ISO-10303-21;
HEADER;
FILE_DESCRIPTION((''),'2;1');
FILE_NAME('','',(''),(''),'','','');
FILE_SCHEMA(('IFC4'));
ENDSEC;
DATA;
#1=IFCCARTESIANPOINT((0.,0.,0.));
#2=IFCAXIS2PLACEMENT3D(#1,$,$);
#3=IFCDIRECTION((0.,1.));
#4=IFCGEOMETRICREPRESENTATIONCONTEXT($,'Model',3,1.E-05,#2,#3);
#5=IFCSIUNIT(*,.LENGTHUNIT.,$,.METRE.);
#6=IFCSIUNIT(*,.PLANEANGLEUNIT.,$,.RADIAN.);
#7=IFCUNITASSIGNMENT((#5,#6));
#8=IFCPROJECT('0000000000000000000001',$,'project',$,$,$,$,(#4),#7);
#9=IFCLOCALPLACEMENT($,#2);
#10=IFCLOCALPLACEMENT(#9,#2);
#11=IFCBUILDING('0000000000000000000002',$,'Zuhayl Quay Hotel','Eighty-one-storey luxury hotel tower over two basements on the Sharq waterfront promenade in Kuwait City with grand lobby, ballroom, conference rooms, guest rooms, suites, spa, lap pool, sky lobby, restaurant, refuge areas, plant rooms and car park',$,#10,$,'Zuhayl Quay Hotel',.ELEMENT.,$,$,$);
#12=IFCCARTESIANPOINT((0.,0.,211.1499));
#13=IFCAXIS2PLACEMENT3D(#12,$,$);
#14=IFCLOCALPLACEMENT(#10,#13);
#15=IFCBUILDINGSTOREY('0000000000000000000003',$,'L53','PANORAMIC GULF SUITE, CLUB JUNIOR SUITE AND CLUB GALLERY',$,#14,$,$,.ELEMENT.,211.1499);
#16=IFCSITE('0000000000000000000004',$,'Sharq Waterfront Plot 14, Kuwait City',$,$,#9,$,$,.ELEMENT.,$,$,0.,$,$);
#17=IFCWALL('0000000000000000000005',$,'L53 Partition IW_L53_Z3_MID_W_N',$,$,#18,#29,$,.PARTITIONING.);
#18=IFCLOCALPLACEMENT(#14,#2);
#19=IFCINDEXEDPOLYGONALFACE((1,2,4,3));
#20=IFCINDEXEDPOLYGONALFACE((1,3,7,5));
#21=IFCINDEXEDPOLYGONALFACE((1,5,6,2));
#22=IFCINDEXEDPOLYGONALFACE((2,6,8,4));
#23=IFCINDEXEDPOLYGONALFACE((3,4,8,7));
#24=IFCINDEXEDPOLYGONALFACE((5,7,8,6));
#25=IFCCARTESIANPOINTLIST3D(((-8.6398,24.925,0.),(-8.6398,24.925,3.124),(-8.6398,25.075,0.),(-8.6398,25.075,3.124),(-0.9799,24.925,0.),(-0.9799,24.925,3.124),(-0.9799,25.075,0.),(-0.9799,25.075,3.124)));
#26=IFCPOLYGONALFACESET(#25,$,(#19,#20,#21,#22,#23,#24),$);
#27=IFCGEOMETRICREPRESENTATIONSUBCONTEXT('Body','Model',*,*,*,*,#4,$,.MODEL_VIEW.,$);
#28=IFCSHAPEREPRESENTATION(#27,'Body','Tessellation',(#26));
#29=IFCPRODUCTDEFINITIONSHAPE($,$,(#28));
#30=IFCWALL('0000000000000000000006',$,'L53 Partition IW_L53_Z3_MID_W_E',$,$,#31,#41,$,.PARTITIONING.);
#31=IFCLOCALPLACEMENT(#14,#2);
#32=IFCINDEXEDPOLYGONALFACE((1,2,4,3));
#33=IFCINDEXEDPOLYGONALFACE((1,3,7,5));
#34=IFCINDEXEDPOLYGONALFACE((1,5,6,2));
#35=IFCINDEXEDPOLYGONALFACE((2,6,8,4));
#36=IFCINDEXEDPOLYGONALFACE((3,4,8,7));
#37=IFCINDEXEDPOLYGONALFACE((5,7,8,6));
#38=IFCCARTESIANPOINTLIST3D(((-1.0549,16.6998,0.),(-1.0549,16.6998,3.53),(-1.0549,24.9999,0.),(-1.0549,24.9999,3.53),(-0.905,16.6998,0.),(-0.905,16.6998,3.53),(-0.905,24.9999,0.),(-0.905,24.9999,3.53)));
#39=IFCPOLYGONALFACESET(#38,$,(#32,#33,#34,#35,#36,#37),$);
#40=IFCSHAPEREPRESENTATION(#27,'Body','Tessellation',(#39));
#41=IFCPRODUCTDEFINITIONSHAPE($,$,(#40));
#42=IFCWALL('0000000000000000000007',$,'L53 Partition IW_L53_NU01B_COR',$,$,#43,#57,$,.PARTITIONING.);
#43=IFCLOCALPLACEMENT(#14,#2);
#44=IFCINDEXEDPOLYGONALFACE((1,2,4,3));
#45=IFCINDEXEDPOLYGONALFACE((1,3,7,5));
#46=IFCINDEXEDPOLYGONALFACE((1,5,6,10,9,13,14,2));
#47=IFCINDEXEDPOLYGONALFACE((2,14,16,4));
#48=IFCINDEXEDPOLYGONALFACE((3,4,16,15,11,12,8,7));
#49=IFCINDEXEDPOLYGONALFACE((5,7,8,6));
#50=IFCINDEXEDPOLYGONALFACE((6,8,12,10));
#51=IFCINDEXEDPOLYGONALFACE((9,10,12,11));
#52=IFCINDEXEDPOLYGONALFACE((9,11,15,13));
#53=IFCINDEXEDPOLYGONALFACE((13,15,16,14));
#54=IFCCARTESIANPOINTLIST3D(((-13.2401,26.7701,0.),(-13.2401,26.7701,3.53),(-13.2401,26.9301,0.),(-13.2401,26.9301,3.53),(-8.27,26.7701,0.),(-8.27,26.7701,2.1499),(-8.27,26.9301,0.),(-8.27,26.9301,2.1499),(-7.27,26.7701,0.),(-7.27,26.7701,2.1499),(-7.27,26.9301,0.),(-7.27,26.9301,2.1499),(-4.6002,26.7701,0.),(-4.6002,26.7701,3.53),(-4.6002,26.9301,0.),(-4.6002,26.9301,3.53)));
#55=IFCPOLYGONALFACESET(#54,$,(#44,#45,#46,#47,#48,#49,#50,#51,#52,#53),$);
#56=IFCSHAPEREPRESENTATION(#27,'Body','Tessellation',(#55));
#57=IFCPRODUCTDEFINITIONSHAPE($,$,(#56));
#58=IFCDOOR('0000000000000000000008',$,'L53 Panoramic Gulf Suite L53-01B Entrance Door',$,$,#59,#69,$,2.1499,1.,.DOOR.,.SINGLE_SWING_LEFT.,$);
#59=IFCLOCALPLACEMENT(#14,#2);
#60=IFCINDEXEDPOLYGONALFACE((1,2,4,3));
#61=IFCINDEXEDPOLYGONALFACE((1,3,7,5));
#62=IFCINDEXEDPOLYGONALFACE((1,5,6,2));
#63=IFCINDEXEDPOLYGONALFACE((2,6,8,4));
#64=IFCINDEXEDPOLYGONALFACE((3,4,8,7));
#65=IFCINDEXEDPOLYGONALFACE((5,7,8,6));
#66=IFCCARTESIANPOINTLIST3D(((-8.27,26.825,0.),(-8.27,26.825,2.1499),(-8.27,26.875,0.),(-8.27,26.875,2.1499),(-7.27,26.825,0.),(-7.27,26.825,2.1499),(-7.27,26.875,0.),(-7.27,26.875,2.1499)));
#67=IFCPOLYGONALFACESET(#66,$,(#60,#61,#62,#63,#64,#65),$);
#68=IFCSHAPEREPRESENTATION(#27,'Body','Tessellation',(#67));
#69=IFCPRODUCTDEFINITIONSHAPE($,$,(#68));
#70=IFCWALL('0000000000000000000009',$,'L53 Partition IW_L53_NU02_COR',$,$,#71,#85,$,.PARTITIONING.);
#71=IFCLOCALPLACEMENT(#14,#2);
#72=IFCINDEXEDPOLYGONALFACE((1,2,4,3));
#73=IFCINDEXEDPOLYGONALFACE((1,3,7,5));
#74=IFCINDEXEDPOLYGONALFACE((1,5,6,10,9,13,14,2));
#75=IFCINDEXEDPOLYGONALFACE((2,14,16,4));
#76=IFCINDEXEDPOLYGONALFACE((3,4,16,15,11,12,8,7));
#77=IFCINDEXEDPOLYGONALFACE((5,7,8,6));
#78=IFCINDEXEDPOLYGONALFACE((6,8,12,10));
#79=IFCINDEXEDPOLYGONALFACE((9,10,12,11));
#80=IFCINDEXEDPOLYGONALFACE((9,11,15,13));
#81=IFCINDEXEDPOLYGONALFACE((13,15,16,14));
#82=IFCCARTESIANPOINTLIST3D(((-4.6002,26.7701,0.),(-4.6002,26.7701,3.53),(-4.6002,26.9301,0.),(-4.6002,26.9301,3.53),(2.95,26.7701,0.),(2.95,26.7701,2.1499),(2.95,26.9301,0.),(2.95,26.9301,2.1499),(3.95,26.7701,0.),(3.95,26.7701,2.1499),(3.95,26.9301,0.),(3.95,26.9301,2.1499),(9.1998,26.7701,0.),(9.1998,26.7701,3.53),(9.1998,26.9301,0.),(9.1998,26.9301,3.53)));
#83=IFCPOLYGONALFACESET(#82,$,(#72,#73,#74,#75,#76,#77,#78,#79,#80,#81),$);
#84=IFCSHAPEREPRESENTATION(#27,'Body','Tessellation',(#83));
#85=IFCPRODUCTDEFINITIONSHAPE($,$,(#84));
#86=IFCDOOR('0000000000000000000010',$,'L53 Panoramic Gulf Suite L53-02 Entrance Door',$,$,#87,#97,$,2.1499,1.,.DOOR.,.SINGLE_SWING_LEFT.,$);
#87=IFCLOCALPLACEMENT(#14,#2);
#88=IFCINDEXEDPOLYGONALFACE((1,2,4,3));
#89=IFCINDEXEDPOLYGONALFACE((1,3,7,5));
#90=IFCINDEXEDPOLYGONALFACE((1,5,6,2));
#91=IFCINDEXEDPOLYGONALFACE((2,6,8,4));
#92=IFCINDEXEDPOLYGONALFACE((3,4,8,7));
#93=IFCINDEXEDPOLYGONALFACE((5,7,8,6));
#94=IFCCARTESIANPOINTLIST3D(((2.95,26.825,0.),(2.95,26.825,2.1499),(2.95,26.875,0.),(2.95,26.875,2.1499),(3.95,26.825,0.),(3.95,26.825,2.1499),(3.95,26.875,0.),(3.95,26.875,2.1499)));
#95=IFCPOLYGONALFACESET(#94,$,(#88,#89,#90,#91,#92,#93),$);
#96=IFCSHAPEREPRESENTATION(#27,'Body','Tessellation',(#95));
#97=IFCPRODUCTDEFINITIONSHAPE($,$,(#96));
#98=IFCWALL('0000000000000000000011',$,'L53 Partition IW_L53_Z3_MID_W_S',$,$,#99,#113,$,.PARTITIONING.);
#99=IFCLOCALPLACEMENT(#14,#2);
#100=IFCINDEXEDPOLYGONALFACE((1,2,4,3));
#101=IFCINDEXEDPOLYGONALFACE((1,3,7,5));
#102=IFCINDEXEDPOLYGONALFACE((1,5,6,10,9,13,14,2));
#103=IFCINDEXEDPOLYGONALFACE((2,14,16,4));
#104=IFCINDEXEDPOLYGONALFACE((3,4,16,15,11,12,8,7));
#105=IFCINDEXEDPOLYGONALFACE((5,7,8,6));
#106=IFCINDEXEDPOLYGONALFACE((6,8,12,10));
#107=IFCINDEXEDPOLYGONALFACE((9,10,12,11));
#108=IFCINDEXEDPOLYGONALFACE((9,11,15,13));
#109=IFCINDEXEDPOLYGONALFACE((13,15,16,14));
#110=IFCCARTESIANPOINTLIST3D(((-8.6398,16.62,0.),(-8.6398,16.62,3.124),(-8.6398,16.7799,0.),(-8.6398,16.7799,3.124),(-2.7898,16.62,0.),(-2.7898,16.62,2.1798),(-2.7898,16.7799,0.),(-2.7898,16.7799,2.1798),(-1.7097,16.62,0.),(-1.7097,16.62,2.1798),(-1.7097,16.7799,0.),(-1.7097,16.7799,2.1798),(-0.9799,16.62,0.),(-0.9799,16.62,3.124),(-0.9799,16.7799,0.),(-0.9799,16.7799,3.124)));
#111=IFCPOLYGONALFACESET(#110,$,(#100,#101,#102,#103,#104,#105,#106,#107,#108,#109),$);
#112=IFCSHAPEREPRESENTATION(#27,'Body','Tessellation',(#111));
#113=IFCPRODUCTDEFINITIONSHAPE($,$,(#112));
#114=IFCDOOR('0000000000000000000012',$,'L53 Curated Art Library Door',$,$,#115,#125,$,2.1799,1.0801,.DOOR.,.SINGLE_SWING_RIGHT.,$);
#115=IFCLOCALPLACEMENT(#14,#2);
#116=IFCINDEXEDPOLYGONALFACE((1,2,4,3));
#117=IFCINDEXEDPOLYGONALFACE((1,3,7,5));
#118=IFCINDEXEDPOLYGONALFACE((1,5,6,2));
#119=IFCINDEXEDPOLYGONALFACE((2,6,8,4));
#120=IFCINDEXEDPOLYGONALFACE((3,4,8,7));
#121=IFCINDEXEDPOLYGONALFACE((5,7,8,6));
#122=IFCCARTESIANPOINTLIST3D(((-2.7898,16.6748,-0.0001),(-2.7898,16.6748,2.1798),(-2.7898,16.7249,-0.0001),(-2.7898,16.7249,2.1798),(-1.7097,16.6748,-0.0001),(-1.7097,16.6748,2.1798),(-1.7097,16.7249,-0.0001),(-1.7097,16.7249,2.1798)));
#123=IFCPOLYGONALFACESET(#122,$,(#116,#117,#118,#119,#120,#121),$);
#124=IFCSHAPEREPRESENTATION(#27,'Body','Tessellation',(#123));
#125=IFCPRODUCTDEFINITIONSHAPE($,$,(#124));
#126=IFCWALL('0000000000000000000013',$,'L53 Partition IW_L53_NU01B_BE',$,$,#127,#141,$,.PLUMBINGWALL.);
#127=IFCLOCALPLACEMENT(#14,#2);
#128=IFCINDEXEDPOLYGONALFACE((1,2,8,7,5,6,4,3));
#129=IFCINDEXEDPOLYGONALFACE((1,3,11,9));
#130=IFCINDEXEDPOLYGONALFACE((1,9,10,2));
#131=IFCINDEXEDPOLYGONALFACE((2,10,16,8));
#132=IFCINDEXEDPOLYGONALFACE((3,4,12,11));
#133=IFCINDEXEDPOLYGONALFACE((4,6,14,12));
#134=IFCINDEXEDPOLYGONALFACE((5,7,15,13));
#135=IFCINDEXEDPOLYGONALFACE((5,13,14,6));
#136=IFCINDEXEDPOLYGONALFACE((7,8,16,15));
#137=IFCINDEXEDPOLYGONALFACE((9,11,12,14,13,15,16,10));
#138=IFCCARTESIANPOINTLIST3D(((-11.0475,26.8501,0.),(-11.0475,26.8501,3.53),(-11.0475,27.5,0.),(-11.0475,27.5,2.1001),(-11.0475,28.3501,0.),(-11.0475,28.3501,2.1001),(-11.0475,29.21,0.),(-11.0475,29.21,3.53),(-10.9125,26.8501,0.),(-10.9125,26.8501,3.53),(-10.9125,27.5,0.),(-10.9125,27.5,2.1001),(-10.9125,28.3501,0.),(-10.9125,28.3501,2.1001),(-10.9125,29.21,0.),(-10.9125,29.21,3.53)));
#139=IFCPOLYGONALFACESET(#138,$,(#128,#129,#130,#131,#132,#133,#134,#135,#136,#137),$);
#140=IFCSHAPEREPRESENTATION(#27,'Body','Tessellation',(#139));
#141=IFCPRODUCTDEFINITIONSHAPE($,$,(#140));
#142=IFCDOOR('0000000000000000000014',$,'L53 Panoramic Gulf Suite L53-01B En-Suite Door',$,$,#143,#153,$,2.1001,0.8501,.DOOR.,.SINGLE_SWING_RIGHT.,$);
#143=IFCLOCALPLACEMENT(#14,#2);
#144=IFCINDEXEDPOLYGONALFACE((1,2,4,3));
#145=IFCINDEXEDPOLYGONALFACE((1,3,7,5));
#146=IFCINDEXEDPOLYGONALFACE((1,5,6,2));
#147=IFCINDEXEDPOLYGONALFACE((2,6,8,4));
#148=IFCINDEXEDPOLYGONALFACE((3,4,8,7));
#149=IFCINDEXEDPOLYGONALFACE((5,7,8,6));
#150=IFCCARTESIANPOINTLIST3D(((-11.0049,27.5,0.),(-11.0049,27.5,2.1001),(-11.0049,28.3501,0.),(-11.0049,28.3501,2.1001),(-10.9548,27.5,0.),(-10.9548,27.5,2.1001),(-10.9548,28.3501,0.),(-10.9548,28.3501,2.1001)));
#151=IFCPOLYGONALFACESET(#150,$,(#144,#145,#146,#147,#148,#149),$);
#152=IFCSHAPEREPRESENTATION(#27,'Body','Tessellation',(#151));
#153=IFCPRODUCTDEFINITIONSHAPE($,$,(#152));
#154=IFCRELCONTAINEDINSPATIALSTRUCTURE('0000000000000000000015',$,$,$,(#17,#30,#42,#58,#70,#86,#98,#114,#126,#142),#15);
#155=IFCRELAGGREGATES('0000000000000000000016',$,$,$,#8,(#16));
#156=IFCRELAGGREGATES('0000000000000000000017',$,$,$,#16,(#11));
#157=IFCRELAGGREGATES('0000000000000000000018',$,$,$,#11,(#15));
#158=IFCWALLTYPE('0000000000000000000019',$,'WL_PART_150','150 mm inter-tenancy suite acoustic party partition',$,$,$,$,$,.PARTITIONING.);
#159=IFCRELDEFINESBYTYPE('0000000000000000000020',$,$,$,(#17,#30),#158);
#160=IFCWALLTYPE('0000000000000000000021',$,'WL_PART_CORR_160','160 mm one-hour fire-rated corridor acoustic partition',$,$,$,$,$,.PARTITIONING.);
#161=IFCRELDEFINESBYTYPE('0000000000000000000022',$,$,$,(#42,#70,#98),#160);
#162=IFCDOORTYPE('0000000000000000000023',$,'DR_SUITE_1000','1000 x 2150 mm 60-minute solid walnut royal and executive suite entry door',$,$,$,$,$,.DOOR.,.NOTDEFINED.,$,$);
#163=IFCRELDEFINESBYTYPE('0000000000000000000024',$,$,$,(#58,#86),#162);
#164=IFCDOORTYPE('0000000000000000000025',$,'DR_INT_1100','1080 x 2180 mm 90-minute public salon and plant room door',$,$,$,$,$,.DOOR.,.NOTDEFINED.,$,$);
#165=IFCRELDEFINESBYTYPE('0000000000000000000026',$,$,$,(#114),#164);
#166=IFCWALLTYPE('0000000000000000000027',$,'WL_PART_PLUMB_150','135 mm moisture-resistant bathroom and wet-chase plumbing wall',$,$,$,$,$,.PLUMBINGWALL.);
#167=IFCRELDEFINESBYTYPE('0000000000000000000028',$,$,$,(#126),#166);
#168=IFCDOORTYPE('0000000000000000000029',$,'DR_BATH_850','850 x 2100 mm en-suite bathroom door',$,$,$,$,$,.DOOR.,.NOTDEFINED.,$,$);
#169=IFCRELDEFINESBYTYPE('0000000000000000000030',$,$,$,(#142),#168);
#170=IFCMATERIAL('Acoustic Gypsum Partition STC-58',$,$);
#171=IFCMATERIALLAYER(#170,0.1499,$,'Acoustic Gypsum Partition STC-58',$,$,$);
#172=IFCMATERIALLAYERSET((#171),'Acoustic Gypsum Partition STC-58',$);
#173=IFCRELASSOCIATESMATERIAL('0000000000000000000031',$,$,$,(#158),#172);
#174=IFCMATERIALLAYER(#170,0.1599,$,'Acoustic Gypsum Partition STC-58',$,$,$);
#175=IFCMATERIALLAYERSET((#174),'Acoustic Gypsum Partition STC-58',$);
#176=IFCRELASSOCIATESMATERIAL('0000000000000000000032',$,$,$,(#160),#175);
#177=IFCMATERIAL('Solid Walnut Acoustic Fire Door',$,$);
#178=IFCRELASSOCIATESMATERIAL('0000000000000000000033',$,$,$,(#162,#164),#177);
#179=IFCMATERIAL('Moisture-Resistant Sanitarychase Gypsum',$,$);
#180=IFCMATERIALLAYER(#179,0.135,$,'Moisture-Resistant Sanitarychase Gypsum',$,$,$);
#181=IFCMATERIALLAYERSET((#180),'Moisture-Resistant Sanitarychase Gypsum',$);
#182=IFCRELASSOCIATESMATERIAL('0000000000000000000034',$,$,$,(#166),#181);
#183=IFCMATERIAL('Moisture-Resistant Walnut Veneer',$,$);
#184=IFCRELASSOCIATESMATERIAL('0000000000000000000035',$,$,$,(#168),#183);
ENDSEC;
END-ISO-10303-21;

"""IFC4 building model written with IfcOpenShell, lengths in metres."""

from ifc_helpers import new_model, si_unit, direction, frame, frame_2d, origin, place, context, subcontext, project, spatial, rectangle, extrude, material, layer, layer_set, type_object, element, fill, save


model = new_model("IFC4")

# Units and contexts
model_context = context("Model", 3, precision=1e-05, world=origin(), true_north=direction((0.0, 1.0)))
body_context = subcontext(model_context, "Body", "Model", "MODEL_VIEW")
ifc_project = project(units=[si_unit("LENGTHUNIT", "METRE"), si_unit("PLANEANGLEUNIT", "RADIAN")], contexts=[model_context])

# Site, building, storey
site_placement = place(None, origin())
site = spatial("IfcSite", under=ifc_project, at=site_placement, Name="Sharq Waterfront Plot 14, Kuwait City", CompositionType="ELEMENT", RefElevation=0.0)
building_placement = place(site_placement, origin())
building = spatial("IfcBuilding", under=site, at=building_placement, Name="Zuhayl Quay Hotel", Description="Eighty-one-storey luxury hotel tower over two basements on the Sharq waterfront promenade in Kuwait City with grand lobby, ballroom, conference rooms, guest rooms, suites, spa, lap pool, sky lobby, restaurant, refuge areas, plant rooms and car park", LongName="Zuhayl Quay Hotel", CompositionType="ELEMENT")
storey_placement = place(building_placement, frame((0.0, 0.0, 211.1499)))
storey = spatial("IfcBuildingStorey", under=building, at=storey_placement, Name="L53", Description="PANORAMIC GULF SUITE, CLUB JUNIOR SUITE AND CLUB GALLERY", CompositionType="ELEMENT", Elevation=211.1499)

# Walls
ifc_material_1 = material(Name="Acoustic Gypsum Partition STC-58")
ifc_layer_1 = layer(ifc_material_1, 0.1499, Name="Acoustic Gypsum Partition STC-58")
ifc_layer_set_1 = layer_set([ifc_layer_1], Name="Acoustic Gypsum Partition STC-58")
wall_type_1 = type_object("IfcWallType", Name="WL_PART_150", Description="150 mm inter-tenancy suite acoustic party partition", PredefinedType="PARTITIONING", material=ifc_layer_set_1)
wall_1_placement = place(storey_placement, frame((-8.6399, 25.0, 0.0), z_axis=(0.0, 0.0, 1.0), x_axis=(1.0, 0.0, 0.0)))
element("IfcWall", 1, at=wall_1_placement, inside=storey, type_object=wall_type_1, Name="L53 Partition IW_L53_Z3_MID_W_N", PredefinedType="PARTITIONING", context=body_context, shape_type="SweptSolid", body=[
    extrude(rectangle(XDim=7.6599, YDim=0.1499, at=frame_2d((3.8301, 0.0))), origin(), (0.0, 0.0, 1.0), 3.124),
])
wall_2_placement = place(storey_placement, frame((-0.98, 16.7, 0.0), z_axis=(0.0, 0.0, 1.0), x_axis=(0.0, 1.0, 0.0)))
element("IfcWall", 2, at=wall_2_placement, inside=storey, type_object=wall_type_1, Name="L53 Partition IW_L53_Z3_MID_W_E", PredefinedType="PARTITIONING", context=body_context, shape_type="SweptSolid", body=[
    extrude(rectangle(XDim=8.3, YDim=0.1499, at=frame_2d((4.1499, 0.0))), origin(), (0.0, 0.0, 1.0), 3.53),
])

# Walls, openings, doors
ifc_layer_2 = layer(ifc_material_1, 0.1599, Name="Acoustic Gypsum Partition STC-58")
ifc_layer_set_2 = layer_set([ifc_layer_2], Name="Acoustic Gypsum Partition STC-58")
wall_type_2 = type_object("IfcWallType", Name="WL_PART_CORR_160", Description="160 mm one-hour fire-rated corridor acoustic partition", PredefinedType="PARTITIONING", material=ifc_layer_set_2)
wall_3_placement = place(storey_placement, frame((-13.24, 26.8501, 0.0), z_axis=(0.0, 0.0, 1.0), x_axis=(1.0, 0.0, 0.0)))
wall_3 = element("IfcWall", 3, at=wall_3_placement, inside=storey, type_object=wall_type_2, Name="L53 Partition IW_L53_NU01B_COR", PredefinedType="PARTITIONING", context=body_context, shape_type="SweptSolid", body=[
    extrude(rectangle(XDim=8.6399, YDim=0.1599, at=frame_2d((4.3198, 0.0))), origin(), (0.0, 0.0, 1.0), 3.53),
])
opening_1_placement = place(wall_3_placement, frame((4.97, 0.0, 0.0)))
opening_1 = element("IfcOpeningElement", 4, at=opening_1_placement, cuts=wall_3, PredefinedType="OPENING", context=body_context, shape_type="SweptSolid", body=[
    extrude(rectangle(XDim=1.0, YDim=2.1499, at=frame_2d((0.5, 1.075))), frame((0.0, 0.0898, 0.0), z_axis=(0.0, -1.0, 0.0), x_axis=(1.0, 0.0, 0.0)), (0.0, 0.0, 1.0), 0.1799),
])
ifc_material_2 = material(Name="Solid Walnut Acoustic Fire Door")
door_type_1 = type_object("IfcDoorType", Name="DR_SUITE_1000", Description="1000 x 2150 mm 60-minute solid walnut royal and executive suite entry door", OperationType="NOTDEFINED", PredefinedType="DOOR", material=ifc_material_2)
door_1_placement = place(opening_1_placement, origin())
door_1 = element("IfcDoor", 5, at=door_1_placement, inside=storey, type_object=door_type_1, Name="L53 Panoramic Gulf Suite L53-01B Entrance Door", OperationType="SINGLE_SWING_LEFT", OverallHeight=2.1499, OverallWidth=1.0, PredefinedType="DOOR", context=body_context, shape_type="SweptSolid", body=[
    extrude(rectangle(XDim=1.0, YDim=2.1499, at=frame_2d((0.5, 1.075))), frame((0.0, 0.0249, 0.0), z_axis=(0.0, -1.0, 0.0), x_axis=(1.0, 0.0, 0.0)), (0.0, 0.0, 1.0), 0.05),
])
fill(opening_1, door_1)
wall_4_placement = place(storey_placement, frame((-4.6001, 26.8501, 0.0), z_axis=(0.0, 0.0, 1.0), x_axis=(1.0, 0.0, 0.0)))
wall_4 = element("IfcWall", 6, at=wall_4_placement, inside=storey, type_object=wall_type_2, Name="L53 Partition IW_L53_NU02_COR", PredefinedType="PARTITIONING", context=body_context, shape_type="SweptSolid", body=[
    extrude(rectangle(XDim=13.8, YDim=0.1599, at=frame_2d((6.8999, 0.0))), origin(), (0.0, 0.0, 1.0), 3.53),
])
opening_2_placement = place(wall_4_placement, frame((7.55, 0.0, 0.0)))
opening_2 = element("IfcOpeningElement", 7, at=opening_2_placement, cuts=wall_4, PredefinedType="OPENING", context=body_context, shape_type="SweptSolid", body=[
    extrude(rectangle(XDim=1.0, YDim=2.1499, at=frame_2d((0.5, 1.075))), frame((0.0, 0.0898, 0.0), z_axis=(0.0, -1.0, 0.0), x_axis=(1.0, 0.0, 0.0)), (0.0, 0.0, 1.0), 0.1799),
])
door_2_placement = place(opening_2_placement, origin())
door_2 = element("IfcDoor", 8, at=door_2_placement, inside=storey, type_object=door_type_1, Name="L53 Panoramic Gulf Suite L53-02 Entrance Door", OperationType="SINGLE_SWING_LEFT", OverallHeight=2.1499, OverallWidth=1.0, PredefinedType="DOOR", context=body_context, shape_type="SweptSolid", body=[
    extrude(rectangle(XDim=1.0, YDim=2.1499, at=frame_2d((0.5, 1.075))), frame((0.0, 0.0249, 0.0), z_axis=(0.0, -1.0, 0.0), x_axis=(1.0, 0.0, 0.0)), (0.0, 0.0, 1.0), 0.05),
])
fill(opening_2, door_2)
wall_5_placement = place(storey_placement, frame((-8.6399, 16.7, 0.0), z_axis=(0.0, 0.0, 1.0), x_axis=(1.0, 0.0, 0.0)))
wall_5 = element("IfcWall", 9, at=wall_5_placement, inside=storey, type_object=wall_type_2, Name="L53 Partition IW_L53_Z3_MID_W_S", PredefinedType="PARTITIONING", context=body_context, shape_type="SweptSolid", body=[
    extrude(rectangle(XDim=7.6599, YDim=0.1599, at=frame_2d((3.8301, 0.0))), origin(), (0.0, 0.0, 1.0), 3.124),
])
opening_3_placement = place(wall_5_placement, frame((5.8501, 0.0, 0.0)))
opening_3 = element("IfcOpeningElement", 10, at=opening_3_placement, cuts=wall_5, PredefinedType="OPENING", context=body_context, shape_type="SweptSolid", body=[
    extrude(rectangle(XDim=1.0801, YDim=2.1799, at=frame_2d((0.54, 1.0898))), frame((0.0, 0.0898, 0.0), z_axis=(0.0, -1.0, 0.0), x_axis=(1.0, 0.0, 0.0)), (0.0, 0.0, 1.0), 0.1799),
])
door_type_2 = type_object("IfcDoorType", Name="DR_INT_1100", Description="1080 x 2180 mm 90-minute public salon and plant room door", OperationType="NOTDEFINED", PredefinedType="DOOR", material=ifc_material_2)
door_3_placement = place(opening_3_placement, origin())
door_3 = element("IfcDoor", 11, at=door_3_placement, inside=storey, type_object=door_type_2, Name="L53 Curated Art Library Door", OperationType="SINGLE_SWING_RIGHT", OverallHeight=2.1799, OverallWidth=1.0801, PredefinedType="DOOR", context=body_context, shape_type="SweptSolid", body=[
    extrude(rectangle(XDim=1.0801, YDim=2.1799, at=frame_2d((0.54, 1.0898))), frame((0.0, 0.0249, 0.0), z_axis=(0.0, -1.0, 0.0), x_axis=(1.0, 0.0, 0.0)), (0.0, 0.0, 1.0), 0.05),
])
fill(opening_3, door_3)
ifc_material_3 = material(Name="Moisture-Resistant Sanitarychase Gypsum")
ifc_layer_3 = layer(ifc_material_3, 0.135, Name="Moisture-Resistant Sanitarychase Gypsum")
ifc_layer_set_3 = layer_set([ifc_layer_3], Name="Moisture-Resistant Sanitarychase Gypsum")
wall_type_3 = type_object("IfcWallType", Name="WL_PART_PLUMB_150", Description="135 mm moisture-resistant bathroom and wet-chase plumbing wall", PredefinedType="PLUMBINGWALL", material=ifc_layer_set_3)
wall_6_placement = place(storey_placement, frame((-10.98, 26.8501, 0.0), z_axis=(0.0, 0.0, 1.0), x_axis=(0.0, 1.0, 0.0)))
wall_6 = element("IfcWall", 12, at=wall_6_placement, inside=storey, type_object=wall_type_3, Name="L53 Partition IW_L53_NU01B_BE", PredefinedType="PLUMBINGWALL", context=body_context, shape_type="SweptSolid", body=[
    extrude(rectangle(XDim=2.3599, YDim=0.135, at=frame_2d((1.1799, 0.0))), origin(), (0.0, 0.0, 1.0), 3.53),
])
opening_4_placement = place(wall_6_placement, frame((0.6499, 0.0, 0.0)))
opening_4 = element("IfcOpeningElement", 13, at=opening_4_placement, cuts=wall_6, PredefinedType="OPENING", context=body_context, shape_type="SweptSolid", body=[
    extrude(rectangle(XDim=0.8501, YDim=2.1001, at=frame_2d((0.425, 1.05))), frame((0.0, 0.0774, 0.0), z_axis=(0.0, -1.0, 0.0), x_axis=(1.0, 0.0, 0.0)), (0.0, 0.0, 1.0), 0.155),
])
ifc_material_4 = material(Name="Moisture-Resistant Walnut Veneer")
door_type_3 = type_object("IfcDoorType", Name="DR_BATH_850", Description="850 x 2100 mm en-suite bathroom door", OperationType="NOTDEFINED", PredefinedType="DOOR", material=ifc_material_4)
door_4_placement = place(opening_4_placement, origin())
door_4 = element("IfcDoor", 14, at=door_4_placement, inside=storey, type_object=door_type_3, Name="L53 Panoramic Gulf Suite L53-01B En-Suite Door", OperationType="SINGLE_SWING_RIGHT", OverallHeight=2.1001, OverallWidth=0.8501, PredefinedType="DOOR", context=body_context, shape_type="SweptSolid", body=[
    extrude(rectangle(XDim=0.8501, YDim=2.1001, at=frame_2d((0.425, 1.05))), frame((0.0, 0.0249, 0.0), z_axis=(0.0, -1.0, 0.0), x_axis=(1.0, 0.0, 0.0)), (0.0, 0.0, 1.0), 0.05),
])
fill(opening_4, door_4)

save(model, "model.ifc")
